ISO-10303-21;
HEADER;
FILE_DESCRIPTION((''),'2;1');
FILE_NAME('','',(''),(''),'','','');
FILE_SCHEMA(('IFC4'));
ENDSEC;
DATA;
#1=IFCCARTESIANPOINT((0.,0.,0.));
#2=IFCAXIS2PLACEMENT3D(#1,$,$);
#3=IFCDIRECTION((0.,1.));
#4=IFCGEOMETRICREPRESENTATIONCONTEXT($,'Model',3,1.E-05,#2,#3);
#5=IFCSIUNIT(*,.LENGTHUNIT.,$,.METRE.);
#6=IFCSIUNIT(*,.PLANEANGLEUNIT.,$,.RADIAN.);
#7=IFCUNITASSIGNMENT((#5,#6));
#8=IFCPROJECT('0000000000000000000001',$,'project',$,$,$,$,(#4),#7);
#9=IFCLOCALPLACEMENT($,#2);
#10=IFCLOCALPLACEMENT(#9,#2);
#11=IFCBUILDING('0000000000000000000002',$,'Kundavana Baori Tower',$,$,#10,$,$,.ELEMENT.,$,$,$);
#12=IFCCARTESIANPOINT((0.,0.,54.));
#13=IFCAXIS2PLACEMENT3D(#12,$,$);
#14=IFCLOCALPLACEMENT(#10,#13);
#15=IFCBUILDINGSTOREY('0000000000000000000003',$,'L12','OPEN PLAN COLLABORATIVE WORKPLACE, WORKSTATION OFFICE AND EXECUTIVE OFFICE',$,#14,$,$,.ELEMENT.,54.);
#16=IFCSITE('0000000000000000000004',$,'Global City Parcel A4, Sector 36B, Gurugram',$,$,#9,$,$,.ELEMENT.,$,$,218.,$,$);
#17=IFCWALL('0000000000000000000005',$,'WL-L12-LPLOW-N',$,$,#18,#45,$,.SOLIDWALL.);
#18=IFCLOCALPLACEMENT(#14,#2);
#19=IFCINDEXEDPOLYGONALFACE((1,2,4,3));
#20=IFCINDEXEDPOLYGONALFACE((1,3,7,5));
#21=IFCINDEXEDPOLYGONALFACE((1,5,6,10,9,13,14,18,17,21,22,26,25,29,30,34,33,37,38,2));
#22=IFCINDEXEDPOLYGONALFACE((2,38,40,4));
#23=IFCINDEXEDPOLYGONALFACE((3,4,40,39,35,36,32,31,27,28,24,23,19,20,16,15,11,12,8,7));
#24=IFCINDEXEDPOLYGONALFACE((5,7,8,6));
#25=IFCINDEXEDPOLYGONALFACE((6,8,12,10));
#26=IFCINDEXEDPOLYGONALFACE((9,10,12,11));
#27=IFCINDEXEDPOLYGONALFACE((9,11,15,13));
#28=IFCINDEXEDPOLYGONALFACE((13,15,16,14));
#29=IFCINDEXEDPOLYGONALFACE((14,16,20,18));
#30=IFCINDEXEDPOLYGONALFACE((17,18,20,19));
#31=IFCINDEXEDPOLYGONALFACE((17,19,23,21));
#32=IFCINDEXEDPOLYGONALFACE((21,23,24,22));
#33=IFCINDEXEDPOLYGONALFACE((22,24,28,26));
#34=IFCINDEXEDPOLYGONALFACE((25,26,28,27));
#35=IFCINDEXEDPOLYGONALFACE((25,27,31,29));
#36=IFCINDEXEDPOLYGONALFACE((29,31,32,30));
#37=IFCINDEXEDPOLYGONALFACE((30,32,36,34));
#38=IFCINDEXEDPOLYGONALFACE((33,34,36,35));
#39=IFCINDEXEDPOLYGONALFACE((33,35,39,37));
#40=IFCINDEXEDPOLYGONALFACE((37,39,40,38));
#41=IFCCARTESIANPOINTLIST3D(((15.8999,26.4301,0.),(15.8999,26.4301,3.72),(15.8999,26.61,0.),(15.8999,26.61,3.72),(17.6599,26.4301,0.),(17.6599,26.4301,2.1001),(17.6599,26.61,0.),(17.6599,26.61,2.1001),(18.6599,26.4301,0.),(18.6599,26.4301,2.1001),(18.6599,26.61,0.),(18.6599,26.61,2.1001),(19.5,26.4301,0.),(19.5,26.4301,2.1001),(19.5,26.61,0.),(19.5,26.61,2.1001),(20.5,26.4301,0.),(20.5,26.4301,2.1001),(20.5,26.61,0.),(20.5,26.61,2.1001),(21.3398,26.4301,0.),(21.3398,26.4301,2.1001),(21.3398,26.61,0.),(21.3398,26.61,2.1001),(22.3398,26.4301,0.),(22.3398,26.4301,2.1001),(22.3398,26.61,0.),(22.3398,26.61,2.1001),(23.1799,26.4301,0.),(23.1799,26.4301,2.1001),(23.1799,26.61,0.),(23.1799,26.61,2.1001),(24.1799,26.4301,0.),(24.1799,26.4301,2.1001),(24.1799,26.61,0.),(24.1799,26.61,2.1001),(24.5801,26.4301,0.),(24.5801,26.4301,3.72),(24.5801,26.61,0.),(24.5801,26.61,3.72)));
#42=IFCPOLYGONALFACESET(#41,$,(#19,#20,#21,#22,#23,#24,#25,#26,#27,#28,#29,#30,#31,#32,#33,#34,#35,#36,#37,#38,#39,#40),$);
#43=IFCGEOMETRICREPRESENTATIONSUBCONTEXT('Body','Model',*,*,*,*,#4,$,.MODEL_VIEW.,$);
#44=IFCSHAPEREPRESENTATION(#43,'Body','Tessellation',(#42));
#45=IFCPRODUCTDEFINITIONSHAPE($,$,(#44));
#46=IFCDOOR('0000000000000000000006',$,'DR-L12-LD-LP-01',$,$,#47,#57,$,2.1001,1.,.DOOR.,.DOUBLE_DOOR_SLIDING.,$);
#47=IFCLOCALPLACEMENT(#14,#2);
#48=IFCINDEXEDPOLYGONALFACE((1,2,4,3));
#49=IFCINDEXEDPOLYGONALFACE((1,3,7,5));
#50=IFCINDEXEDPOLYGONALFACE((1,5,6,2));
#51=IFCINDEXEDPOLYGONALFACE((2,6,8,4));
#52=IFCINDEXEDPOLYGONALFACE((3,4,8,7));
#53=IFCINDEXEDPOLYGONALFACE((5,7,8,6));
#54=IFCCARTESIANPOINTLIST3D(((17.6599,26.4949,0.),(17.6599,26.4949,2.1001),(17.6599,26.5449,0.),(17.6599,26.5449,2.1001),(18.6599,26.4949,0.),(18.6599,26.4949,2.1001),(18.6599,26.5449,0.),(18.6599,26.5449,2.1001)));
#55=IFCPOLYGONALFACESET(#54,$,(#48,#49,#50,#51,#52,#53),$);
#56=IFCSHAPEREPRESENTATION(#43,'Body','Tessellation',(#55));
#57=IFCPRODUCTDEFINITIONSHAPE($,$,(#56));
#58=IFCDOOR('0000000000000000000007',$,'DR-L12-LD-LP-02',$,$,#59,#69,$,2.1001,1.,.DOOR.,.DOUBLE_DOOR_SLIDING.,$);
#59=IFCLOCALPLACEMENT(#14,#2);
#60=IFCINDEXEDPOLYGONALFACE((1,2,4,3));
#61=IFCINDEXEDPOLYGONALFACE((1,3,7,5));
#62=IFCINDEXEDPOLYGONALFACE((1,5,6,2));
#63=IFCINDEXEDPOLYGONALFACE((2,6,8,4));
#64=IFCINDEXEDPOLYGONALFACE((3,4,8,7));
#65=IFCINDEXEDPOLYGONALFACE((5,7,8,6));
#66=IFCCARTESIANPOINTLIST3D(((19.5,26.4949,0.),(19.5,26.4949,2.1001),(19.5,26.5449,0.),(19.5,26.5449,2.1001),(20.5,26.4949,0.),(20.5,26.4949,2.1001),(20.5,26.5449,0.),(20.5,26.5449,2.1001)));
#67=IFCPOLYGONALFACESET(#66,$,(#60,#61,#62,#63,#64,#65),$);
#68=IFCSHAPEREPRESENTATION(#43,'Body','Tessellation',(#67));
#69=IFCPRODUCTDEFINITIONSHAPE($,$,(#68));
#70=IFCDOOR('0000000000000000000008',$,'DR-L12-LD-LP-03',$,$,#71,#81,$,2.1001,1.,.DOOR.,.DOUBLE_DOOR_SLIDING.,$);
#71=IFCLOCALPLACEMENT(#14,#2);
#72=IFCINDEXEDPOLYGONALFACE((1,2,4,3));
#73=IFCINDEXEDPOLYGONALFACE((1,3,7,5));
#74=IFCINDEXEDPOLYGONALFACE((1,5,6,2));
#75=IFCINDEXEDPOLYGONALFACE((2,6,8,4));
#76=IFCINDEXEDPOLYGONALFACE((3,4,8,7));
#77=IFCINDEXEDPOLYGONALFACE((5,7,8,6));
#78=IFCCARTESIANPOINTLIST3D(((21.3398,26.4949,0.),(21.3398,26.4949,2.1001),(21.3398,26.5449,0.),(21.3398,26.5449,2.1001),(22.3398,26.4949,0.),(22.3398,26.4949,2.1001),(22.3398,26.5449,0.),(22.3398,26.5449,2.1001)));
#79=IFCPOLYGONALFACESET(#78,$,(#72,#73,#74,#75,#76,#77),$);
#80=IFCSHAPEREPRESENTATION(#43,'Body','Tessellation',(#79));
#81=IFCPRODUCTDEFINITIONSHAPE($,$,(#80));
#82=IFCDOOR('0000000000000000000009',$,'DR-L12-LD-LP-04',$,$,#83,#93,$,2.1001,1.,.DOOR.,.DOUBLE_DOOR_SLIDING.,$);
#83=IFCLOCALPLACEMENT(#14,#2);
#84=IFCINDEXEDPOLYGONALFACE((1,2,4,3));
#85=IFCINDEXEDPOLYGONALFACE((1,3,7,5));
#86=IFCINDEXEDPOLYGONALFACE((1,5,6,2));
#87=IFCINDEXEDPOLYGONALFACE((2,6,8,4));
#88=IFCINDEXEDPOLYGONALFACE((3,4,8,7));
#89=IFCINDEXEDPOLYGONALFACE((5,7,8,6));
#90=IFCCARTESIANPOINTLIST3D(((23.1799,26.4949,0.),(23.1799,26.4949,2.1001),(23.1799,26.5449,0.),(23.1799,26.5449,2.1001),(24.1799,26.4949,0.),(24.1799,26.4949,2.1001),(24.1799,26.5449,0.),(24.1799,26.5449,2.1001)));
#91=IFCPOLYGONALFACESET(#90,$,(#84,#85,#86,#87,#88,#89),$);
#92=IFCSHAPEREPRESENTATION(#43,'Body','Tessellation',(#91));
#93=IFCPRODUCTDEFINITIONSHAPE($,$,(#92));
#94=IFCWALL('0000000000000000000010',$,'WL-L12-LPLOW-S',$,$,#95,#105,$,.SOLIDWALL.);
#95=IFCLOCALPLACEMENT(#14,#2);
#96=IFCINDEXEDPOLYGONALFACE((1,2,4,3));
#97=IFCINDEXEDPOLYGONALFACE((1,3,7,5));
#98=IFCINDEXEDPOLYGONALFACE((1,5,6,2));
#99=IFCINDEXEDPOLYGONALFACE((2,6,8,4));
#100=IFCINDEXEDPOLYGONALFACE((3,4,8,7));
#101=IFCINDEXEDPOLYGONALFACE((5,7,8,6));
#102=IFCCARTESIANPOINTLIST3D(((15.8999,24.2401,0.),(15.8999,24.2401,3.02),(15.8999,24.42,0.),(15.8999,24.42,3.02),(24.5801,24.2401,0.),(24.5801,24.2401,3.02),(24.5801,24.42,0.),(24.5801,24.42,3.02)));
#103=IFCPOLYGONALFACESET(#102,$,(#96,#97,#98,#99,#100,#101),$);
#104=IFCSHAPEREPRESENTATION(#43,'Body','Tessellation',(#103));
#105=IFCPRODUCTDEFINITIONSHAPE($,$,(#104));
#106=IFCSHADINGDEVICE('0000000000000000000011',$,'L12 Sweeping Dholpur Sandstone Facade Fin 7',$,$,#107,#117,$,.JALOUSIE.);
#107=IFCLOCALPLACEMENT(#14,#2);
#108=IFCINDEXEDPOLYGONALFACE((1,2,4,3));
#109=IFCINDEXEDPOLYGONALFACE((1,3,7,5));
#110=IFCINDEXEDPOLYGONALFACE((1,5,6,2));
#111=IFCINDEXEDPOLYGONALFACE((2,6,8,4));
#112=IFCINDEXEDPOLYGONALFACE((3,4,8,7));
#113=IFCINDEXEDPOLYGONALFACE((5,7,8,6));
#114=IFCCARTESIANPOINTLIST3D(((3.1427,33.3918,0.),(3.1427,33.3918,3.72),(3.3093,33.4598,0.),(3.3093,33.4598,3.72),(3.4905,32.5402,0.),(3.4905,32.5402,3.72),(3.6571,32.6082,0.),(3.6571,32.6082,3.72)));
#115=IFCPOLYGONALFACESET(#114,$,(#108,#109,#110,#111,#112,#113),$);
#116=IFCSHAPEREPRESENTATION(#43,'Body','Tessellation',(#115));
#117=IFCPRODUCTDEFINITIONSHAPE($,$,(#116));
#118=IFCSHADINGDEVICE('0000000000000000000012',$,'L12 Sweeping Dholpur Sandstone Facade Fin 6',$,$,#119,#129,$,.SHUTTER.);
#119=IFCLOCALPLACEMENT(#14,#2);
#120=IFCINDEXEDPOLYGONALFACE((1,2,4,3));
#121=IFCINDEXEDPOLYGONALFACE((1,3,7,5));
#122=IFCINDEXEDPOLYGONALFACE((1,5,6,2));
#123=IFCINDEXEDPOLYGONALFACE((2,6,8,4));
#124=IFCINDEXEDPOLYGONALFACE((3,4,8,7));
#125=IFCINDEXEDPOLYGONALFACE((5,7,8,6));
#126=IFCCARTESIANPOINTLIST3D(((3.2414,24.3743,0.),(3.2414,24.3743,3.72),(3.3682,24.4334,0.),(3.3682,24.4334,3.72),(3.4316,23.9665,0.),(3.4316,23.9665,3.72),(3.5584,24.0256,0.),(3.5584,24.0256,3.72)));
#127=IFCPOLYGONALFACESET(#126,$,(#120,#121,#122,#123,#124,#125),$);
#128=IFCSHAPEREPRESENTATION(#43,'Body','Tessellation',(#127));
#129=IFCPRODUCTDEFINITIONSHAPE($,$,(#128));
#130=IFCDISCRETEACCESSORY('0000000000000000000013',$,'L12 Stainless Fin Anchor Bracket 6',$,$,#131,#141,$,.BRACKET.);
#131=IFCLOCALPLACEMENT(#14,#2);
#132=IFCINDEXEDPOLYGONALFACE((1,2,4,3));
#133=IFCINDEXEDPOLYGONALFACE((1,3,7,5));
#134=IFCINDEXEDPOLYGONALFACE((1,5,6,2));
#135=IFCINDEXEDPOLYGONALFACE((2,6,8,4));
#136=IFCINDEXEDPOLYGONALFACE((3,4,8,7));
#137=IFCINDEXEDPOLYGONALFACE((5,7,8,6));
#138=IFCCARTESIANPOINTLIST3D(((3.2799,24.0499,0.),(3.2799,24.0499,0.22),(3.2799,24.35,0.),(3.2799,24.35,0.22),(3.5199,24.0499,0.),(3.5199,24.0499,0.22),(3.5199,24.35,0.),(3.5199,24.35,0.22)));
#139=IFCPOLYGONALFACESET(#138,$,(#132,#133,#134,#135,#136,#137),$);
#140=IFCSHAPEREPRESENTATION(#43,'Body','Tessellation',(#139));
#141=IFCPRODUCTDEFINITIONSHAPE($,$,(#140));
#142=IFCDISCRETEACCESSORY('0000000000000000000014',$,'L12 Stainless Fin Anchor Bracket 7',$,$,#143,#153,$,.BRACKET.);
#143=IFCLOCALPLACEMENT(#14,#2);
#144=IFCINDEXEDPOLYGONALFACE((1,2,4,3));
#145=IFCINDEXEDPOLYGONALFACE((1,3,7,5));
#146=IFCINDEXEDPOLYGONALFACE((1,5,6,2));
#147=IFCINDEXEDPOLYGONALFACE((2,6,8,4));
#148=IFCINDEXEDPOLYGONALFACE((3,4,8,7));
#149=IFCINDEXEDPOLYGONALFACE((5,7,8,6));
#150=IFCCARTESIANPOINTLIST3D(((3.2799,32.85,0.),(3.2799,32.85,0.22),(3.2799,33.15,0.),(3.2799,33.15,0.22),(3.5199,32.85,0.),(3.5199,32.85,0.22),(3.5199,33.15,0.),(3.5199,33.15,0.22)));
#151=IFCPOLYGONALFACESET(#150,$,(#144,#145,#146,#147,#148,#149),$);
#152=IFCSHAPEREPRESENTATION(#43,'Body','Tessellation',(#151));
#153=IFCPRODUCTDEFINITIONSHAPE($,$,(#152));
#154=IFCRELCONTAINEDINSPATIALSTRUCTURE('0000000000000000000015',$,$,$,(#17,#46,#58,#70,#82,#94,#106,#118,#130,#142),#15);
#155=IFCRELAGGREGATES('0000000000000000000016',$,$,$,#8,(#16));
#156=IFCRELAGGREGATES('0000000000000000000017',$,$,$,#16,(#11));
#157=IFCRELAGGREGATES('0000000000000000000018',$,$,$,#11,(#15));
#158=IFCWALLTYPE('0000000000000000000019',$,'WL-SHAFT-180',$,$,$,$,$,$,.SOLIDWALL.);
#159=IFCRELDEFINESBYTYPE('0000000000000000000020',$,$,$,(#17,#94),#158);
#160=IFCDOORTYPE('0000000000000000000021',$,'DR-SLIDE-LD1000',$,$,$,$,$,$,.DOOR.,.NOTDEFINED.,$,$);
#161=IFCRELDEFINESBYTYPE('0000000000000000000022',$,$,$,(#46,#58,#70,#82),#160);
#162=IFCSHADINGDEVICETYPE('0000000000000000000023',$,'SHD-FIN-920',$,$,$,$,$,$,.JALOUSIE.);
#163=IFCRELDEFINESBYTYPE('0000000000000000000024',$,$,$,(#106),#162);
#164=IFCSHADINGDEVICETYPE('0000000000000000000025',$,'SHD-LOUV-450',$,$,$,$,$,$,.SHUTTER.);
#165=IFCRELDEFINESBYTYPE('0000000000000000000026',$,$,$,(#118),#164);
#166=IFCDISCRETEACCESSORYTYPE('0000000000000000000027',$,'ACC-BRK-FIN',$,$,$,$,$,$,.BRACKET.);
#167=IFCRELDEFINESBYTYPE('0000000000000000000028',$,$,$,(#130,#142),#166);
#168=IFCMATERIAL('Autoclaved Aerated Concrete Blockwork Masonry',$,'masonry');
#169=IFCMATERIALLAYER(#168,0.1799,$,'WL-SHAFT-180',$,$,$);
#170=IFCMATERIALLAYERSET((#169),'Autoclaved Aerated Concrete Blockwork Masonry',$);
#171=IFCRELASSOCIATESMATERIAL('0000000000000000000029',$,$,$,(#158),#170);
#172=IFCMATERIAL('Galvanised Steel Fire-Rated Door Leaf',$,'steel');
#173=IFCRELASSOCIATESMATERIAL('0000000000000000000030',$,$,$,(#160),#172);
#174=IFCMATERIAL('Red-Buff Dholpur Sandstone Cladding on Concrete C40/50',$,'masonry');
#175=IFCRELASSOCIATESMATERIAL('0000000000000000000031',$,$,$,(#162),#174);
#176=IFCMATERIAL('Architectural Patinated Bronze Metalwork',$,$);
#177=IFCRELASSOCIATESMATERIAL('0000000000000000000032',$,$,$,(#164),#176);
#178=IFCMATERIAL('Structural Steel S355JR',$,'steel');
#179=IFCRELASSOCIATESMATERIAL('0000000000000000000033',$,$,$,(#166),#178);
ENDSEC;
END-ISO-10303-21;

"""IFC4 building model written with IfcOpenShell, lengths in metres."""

from ifc_helpers import new_model, si_unit, direction, frame, frame_2d, origin, origin_2d, place, context, subcontext, project, spatial, rectangle, extrude, material, layer, layer_set, type_object, element, fill, save


model = new_model("IFC4")

# Units and contexts
model_context = context("Model", 3, precision=1e-05, world=origin(), true_north=direction((0.0, 1.0)))
body_context = subcontext(model_context, "Body", "Model", "MODEL_VIEW")
ifc_project = project(units=[si_unit("LENGTHUNIT", "METRE"), si_unit("PLANEANGLEUNIT", "RADIAN")], contexts=[model_context])

# Site, building, storey
site_placement = place(None, origin())
site = spatial("IfcSite", under=ifc_project, at=site_placement, Name="Global City Parcel A4, Sector 36B, Gurugram", CompositionType="ELEMENT", RefElevation=218.0)
building_placement = place(site_placement, origin())
building = spatial("IfcBuilding", under=site, at=building_placement, Name="Kundavana Baori Tower", CompositionType="ELEMENT")
storey_placement = place(building_placement, frame((0.0, 0.0, 54.0)))
storey = spatial("IfcBuildingStorey", under=building, at=storey_placement, Name="L12", Description="OPEN PLAN COLLABORATIVE WORKPLACE, WORKSTATION OFFICE AND EXECUTIVE OFFICE", CompositionType="ELEMENT", Elevation=54.0)

# Wall, openings, doors
ifc_material_1 = material(Name="Autoclaved Aerated Concrete Blockwork Masonry", Category="masonry")
ifc_layer_1 = layer(ifc_material_1, 0.1799, Name="WL-SHAFT-180")
ifc_layer_set_1 = layer_set([ifc_layer_1], Name="Autoclaved Aerated Concrete Blockwork Masonry")
wall_type_1 = type_object("IfcWallType", Name="WL-SHAFT-180", PredefinedType="SOLIDWALL", material=ifc_layer_set_1)
wall_1_placement = place(storey_placement, frame((15.8999, 26.52, 0.0), z_axis=(0.0, 0.0, 1.0), x_axis=(1.0, 0.0, 0.0)))
wall_1 = element("IfcWall", 1, at=wall_1_placement, inside=storey, type_object=wall_type_1, Name="WL-L12-LPLOW-N", PredefinedType="SOLIDWALL", context=body_context, shape_type="SweptSolid", body=[
    extrude(rectangle(XDim=8.6802, YDim=0.1799, at=frame_2d((4.3401, 0.0))), origin(), (0.0, 0.0, 1.0), 3.72),
])
opening_1_placement = place(wall_1_placement, frame((1.76, 0.0, 0.0)))
opening_1 = element("IfcOpeningElement", 2, at=opening_1_placement, cuts=wall_1, PredefinedType="OPENING", context=body_context, shape_type="SweptSolid", body=[
    extrude(rectangle(XDim=1.0, YDim=2.1001, at=frame_2d((0.5, 1.05))), frame((0.0, 0.1001, 0.0), z_axis=(0.0, -1.0, 0.0), x_axis=(1.0, 0.0, 0.0)), (0.0, 0.0, 1.0), 0.2),
])
opening_2_placement = place(wall_1_placement, frame((3.6001, 0.0, 0.0)))
opening_2 = element("IfcOpeningElement", 3, at=opening_2_placement, cuts=wall_1, PredefinedType="OPENING", context=body_context, shape_type="SweptSolid", body=[
    extrude(rectangle(XDim=1.0, YDim=2.1001, at=frame_2d((0.5, 1.05))), frame((0.0, 0.1001, 0.0), z_axis=(0.0, -1.0, 0.0), x_axis=(1.0, 0.0, 0.0)), (0.0, 0.0, 1.0), 0.2),
])
opening_3_placement = place(wall_1_placement, frame((5.4399, 0.0, 0.0)))
opening_3 = element("IfcOpeningElement", 4, at=opening_3_placement, cuts=wall_1, PredefinedType="OPENING", context=body_context, shape_type="SweptSolid", body=[
    extrude(rectangle(XDim=1.0, YDim=2.1001, at=frame_2d((0.5, 1.05))), frame((0.0, 0.1001, 0.0), z_axis=(0.0, -1.0, 0.0), x_axis=(1.0, 0.0, 0.0)), (0.0, 0.0, 1.0), 0.2),
])
opening_4_placement = place(wall_1_placement, frame((7.28, 0.0, 0.0)))
opening_4 = element("IfcOpeningElement", 5, at=opening_4_placement, cuts=wall_1, PredefinedType="OPENING", context=body_context, shape_type="SweptSolid", body=[
    extrude(rectangle(XDim=1.0, YDim=2.1001, at=frame_2d((0.5, 1.05))), frame((0.0, 0.1001, 0.0), z_axis=(0.0, -1.0, 0.0), x_axis=(1.0, 0.0, 0.0)), (0.0, 0.0, 1.0), 0.2),
])
ifc_material_2 = material(Name="Galvanised Steel Fire-Rated Door Leaf", Category="steel")
door_type = type_object("IfcDoorType", Name="DR-SLIDE-LD1000", OperationType="NOTDEFINED", PredefinedType="DOOR", material=ifc_material_2)
door_1_placement = place(opening_1_placement, origin())
door_1 = element("IfcDoor", 6, at=door_1_placement, inside=storey, type_object=door_type, Name="DR-L12-LD-LP-01", OperationType="DOUBLE_DOOR_SLIDING", OverallHeight=2.1001, OverallWidth=1.0, PredefinedType="DOOR", context=body_context, shape_type="SweptSolid", body=[
    extrude(rectangle(XDim=1.0, YDim=2.1001, at=frame_2d((0.5, 1.05))), frame((0.0, 0.0249, 0.0), z_axis=(0.0, -1.0, 0.0), x_axis=(1.0, 0.0, 0.0)), (0.0, 0.0, 1.0), 0.05),
])
fill(opening_1, door_1)
door_2_placement = place(opening_2_placement, origin())
door_2 = element("IfcDoor", 7, at=door_2_placement, inside=storey, type_object=door_type, Name="DR-L12-LD-LP-02", OperationType="DOUBLE_DOOR_SLIDING", OverallHeight=2.1001, OverallWidth=1.0, PredefinedType="DOOR", context=body_context, shape_type="SweptSolid", body=[
    extrude(rectangle(XDim=1.0, YDim=2.1001, at=frame_2d((0.5, 1.05))), frame((0.0, 0.0249, 0.0), z_axis=(0.0, -1.0, 0.0), x_axis=(1.0, 0.0, 0.0)), (0.0, 0.0, 1.0), 0.05),
])
fill(opening_2, door_2)
door_3_placement = place(opening_3_placement, origin())
door_3 = element("IfcDoor", 8, at=door_3_placement, inside=storey, type_object=door_type, Name="DR-L12-LD-LP-03", OperationType="DOUBLE_DOOR_SLIDING", OverallHeight=2.1001, OverallWidth=1.0, PredefinedType="DOOR", context=body_context, shape_type="SweptSolid", body=[
    extrude(rectangle(XDim=1.0, YDim=2.1001, at=frame_2d((0.5, 1.05))), frame((0.0, 0.0249, 0.0), z_axis=(0.0, -1.0, 0.0), x_axis=(1.0, 0.0, 0.0)), (0.0, 0.0, 1.0), 0.05),
])
fill(opening_3, door_3)
door_4_placement = place(opening_4_placement, origin())
door_4 = element("IfcDoor", 9, at=door_4_placement, inside=storey, type_object=door_type, Name="DR-L12-LD-LP-04", OperationType="DOUBLE_DOOR_SLIDING", OverallHeight=2.1001, OverallWidth=1.0, PredefinedType="DOOR", context=body_context, shape_type="SweptSolid", body=[
    extrude(rectangle(XDim=1.0, YDim=2.1001, at=frame_2d((0.5, 1.05))), frame((0.0, 0.0249, 0.0), z_axis=(0.0, -1.0, 0.0), x_axis=(1.0, 0.0, 0.0)), (0.0, 0.0, 1.0), 0.05),
])
fill(opening_4, door_4)

# Wall
wall_2_placement = place(storey_placement, frame((15.8999, 24.3301, 0.0), z_axis=(0.0, 0.0, 1.0), x_axis=(1.0, 0.0, 0.0)))
element("IfcWall", 10, at=wall_2_placement, inside=storey, type_object=wall_type_1, Name="WL-L12-LPLOW-S", PredefinedType="SOLIDWALL", context=body_context, shape_type="SweptSolid", body=[
    extrude(rectangle(XDim=8.6802, YDim=0.1799, at=frame_2d((4.3401, 0.0))), origin(), (0.0, 0.0, 1.0), 3.02),
])

# Shading devices
ifc_material_3 = material(Name="Red-Buff Dholpur Sandstone Cladding on Concrete C40/50", Category="masonry")
shading_device_type_1 = type_object("IfcShadingDeviceType", Name="SHD-FIN-920", PredefinedType="JALOUSIE", material=ifc_material_3)
shading_device_1_placement = place(storey_placement, frame((3.3999, 33.0, 0.0), z_axis=(0.0, 0.0, 1.0), x_axis=(0.925805, 0.378002, 0.0)))
element("IfcShadingDevice", 11, at=shading_device_1_placement, inside=storey, type_object=shading_device_type_1, Name="L12 Sweeping Dholpur Sandstone Facade Fin 7", PredefinedType="JALOUSIE", context=body_context, shape_type="SweptSolid", body=[
    extrude(rectangle(XDim=0.1799, YDim=0.9199, at=origin_2d()), origin(), (0.0, 0.0, 1.0), 3.72),
])
ifc_material_4 = material(Name="Architectural Patinated Bronze Metalwork")
shading_device_type_2 = type_object("IfcShadingDeviceType", Name="SHD-LOUV-450", PredefinedType="SHUTTER", material=ifc_material_4)
shading_device_2_placement = place(storey_placement, frame((3.3999, 24.2, 0.0), z_axis=(0.0, 0.0, 1.0), x_axis=(0.906308, 0.422618, 0.0)))
element("IfcShadingDevice", 12, at=shading_device_2_placement, inside=storey, type_object=shading_device_type_2, Name="L12 Sweeping Dholpur Sandstone Facade Fin 6", PredefinedType="SHUTTER", context=body_context, shape_type="SweptSolid", body=[
    extrude(rectangle(XDim=0.1399, YDim=0.45, at=origin_2d()), origin(), (0.0, 0.0, 1.0), 3.72),
])

# Discrete accessories
ifc_material_5 = material(Name="Structural Steel S355JR", Category="steel")
discrete_accessory_type = type_object("IfcDiscreteAccessoryType", Name="ACC-BRK-FIN", PredefinedType="BRACKET", material=ifc_material_5)
for number, where, z_axis, x_axis, name in (
    (13, (3.3999, 24.2, 0.0), (0.0, 0.0, 1.0), (1.0, 0.0, 0.0), "L12 Stainless Fin Anchor Bracket 6"),
    (14, (3.3999, 33.0, 0.0), (0.0, 0.0, 1.0), (1.0, 0.0, 0.0), "L12 Stainless Fin Anchor Bracket 7"),
):
    element("IfcDiscreteAccessory", number, at=place(storey_placement, frame(where, z_axis=z_axis, x_axis=x_axis)), inside=storey, type_object=discrete_accessory_type, Name=name, PredefinedType="BRACKET", context=body_context, shape_type="SweptSolid", body=[
        extrude(rectangle(XDim=0.24, YDim=0.3, at=origin_2d()), origin(), (0.0, 0.0, 1.0), 0.22),
    ])

save(model, "model.ifc")
